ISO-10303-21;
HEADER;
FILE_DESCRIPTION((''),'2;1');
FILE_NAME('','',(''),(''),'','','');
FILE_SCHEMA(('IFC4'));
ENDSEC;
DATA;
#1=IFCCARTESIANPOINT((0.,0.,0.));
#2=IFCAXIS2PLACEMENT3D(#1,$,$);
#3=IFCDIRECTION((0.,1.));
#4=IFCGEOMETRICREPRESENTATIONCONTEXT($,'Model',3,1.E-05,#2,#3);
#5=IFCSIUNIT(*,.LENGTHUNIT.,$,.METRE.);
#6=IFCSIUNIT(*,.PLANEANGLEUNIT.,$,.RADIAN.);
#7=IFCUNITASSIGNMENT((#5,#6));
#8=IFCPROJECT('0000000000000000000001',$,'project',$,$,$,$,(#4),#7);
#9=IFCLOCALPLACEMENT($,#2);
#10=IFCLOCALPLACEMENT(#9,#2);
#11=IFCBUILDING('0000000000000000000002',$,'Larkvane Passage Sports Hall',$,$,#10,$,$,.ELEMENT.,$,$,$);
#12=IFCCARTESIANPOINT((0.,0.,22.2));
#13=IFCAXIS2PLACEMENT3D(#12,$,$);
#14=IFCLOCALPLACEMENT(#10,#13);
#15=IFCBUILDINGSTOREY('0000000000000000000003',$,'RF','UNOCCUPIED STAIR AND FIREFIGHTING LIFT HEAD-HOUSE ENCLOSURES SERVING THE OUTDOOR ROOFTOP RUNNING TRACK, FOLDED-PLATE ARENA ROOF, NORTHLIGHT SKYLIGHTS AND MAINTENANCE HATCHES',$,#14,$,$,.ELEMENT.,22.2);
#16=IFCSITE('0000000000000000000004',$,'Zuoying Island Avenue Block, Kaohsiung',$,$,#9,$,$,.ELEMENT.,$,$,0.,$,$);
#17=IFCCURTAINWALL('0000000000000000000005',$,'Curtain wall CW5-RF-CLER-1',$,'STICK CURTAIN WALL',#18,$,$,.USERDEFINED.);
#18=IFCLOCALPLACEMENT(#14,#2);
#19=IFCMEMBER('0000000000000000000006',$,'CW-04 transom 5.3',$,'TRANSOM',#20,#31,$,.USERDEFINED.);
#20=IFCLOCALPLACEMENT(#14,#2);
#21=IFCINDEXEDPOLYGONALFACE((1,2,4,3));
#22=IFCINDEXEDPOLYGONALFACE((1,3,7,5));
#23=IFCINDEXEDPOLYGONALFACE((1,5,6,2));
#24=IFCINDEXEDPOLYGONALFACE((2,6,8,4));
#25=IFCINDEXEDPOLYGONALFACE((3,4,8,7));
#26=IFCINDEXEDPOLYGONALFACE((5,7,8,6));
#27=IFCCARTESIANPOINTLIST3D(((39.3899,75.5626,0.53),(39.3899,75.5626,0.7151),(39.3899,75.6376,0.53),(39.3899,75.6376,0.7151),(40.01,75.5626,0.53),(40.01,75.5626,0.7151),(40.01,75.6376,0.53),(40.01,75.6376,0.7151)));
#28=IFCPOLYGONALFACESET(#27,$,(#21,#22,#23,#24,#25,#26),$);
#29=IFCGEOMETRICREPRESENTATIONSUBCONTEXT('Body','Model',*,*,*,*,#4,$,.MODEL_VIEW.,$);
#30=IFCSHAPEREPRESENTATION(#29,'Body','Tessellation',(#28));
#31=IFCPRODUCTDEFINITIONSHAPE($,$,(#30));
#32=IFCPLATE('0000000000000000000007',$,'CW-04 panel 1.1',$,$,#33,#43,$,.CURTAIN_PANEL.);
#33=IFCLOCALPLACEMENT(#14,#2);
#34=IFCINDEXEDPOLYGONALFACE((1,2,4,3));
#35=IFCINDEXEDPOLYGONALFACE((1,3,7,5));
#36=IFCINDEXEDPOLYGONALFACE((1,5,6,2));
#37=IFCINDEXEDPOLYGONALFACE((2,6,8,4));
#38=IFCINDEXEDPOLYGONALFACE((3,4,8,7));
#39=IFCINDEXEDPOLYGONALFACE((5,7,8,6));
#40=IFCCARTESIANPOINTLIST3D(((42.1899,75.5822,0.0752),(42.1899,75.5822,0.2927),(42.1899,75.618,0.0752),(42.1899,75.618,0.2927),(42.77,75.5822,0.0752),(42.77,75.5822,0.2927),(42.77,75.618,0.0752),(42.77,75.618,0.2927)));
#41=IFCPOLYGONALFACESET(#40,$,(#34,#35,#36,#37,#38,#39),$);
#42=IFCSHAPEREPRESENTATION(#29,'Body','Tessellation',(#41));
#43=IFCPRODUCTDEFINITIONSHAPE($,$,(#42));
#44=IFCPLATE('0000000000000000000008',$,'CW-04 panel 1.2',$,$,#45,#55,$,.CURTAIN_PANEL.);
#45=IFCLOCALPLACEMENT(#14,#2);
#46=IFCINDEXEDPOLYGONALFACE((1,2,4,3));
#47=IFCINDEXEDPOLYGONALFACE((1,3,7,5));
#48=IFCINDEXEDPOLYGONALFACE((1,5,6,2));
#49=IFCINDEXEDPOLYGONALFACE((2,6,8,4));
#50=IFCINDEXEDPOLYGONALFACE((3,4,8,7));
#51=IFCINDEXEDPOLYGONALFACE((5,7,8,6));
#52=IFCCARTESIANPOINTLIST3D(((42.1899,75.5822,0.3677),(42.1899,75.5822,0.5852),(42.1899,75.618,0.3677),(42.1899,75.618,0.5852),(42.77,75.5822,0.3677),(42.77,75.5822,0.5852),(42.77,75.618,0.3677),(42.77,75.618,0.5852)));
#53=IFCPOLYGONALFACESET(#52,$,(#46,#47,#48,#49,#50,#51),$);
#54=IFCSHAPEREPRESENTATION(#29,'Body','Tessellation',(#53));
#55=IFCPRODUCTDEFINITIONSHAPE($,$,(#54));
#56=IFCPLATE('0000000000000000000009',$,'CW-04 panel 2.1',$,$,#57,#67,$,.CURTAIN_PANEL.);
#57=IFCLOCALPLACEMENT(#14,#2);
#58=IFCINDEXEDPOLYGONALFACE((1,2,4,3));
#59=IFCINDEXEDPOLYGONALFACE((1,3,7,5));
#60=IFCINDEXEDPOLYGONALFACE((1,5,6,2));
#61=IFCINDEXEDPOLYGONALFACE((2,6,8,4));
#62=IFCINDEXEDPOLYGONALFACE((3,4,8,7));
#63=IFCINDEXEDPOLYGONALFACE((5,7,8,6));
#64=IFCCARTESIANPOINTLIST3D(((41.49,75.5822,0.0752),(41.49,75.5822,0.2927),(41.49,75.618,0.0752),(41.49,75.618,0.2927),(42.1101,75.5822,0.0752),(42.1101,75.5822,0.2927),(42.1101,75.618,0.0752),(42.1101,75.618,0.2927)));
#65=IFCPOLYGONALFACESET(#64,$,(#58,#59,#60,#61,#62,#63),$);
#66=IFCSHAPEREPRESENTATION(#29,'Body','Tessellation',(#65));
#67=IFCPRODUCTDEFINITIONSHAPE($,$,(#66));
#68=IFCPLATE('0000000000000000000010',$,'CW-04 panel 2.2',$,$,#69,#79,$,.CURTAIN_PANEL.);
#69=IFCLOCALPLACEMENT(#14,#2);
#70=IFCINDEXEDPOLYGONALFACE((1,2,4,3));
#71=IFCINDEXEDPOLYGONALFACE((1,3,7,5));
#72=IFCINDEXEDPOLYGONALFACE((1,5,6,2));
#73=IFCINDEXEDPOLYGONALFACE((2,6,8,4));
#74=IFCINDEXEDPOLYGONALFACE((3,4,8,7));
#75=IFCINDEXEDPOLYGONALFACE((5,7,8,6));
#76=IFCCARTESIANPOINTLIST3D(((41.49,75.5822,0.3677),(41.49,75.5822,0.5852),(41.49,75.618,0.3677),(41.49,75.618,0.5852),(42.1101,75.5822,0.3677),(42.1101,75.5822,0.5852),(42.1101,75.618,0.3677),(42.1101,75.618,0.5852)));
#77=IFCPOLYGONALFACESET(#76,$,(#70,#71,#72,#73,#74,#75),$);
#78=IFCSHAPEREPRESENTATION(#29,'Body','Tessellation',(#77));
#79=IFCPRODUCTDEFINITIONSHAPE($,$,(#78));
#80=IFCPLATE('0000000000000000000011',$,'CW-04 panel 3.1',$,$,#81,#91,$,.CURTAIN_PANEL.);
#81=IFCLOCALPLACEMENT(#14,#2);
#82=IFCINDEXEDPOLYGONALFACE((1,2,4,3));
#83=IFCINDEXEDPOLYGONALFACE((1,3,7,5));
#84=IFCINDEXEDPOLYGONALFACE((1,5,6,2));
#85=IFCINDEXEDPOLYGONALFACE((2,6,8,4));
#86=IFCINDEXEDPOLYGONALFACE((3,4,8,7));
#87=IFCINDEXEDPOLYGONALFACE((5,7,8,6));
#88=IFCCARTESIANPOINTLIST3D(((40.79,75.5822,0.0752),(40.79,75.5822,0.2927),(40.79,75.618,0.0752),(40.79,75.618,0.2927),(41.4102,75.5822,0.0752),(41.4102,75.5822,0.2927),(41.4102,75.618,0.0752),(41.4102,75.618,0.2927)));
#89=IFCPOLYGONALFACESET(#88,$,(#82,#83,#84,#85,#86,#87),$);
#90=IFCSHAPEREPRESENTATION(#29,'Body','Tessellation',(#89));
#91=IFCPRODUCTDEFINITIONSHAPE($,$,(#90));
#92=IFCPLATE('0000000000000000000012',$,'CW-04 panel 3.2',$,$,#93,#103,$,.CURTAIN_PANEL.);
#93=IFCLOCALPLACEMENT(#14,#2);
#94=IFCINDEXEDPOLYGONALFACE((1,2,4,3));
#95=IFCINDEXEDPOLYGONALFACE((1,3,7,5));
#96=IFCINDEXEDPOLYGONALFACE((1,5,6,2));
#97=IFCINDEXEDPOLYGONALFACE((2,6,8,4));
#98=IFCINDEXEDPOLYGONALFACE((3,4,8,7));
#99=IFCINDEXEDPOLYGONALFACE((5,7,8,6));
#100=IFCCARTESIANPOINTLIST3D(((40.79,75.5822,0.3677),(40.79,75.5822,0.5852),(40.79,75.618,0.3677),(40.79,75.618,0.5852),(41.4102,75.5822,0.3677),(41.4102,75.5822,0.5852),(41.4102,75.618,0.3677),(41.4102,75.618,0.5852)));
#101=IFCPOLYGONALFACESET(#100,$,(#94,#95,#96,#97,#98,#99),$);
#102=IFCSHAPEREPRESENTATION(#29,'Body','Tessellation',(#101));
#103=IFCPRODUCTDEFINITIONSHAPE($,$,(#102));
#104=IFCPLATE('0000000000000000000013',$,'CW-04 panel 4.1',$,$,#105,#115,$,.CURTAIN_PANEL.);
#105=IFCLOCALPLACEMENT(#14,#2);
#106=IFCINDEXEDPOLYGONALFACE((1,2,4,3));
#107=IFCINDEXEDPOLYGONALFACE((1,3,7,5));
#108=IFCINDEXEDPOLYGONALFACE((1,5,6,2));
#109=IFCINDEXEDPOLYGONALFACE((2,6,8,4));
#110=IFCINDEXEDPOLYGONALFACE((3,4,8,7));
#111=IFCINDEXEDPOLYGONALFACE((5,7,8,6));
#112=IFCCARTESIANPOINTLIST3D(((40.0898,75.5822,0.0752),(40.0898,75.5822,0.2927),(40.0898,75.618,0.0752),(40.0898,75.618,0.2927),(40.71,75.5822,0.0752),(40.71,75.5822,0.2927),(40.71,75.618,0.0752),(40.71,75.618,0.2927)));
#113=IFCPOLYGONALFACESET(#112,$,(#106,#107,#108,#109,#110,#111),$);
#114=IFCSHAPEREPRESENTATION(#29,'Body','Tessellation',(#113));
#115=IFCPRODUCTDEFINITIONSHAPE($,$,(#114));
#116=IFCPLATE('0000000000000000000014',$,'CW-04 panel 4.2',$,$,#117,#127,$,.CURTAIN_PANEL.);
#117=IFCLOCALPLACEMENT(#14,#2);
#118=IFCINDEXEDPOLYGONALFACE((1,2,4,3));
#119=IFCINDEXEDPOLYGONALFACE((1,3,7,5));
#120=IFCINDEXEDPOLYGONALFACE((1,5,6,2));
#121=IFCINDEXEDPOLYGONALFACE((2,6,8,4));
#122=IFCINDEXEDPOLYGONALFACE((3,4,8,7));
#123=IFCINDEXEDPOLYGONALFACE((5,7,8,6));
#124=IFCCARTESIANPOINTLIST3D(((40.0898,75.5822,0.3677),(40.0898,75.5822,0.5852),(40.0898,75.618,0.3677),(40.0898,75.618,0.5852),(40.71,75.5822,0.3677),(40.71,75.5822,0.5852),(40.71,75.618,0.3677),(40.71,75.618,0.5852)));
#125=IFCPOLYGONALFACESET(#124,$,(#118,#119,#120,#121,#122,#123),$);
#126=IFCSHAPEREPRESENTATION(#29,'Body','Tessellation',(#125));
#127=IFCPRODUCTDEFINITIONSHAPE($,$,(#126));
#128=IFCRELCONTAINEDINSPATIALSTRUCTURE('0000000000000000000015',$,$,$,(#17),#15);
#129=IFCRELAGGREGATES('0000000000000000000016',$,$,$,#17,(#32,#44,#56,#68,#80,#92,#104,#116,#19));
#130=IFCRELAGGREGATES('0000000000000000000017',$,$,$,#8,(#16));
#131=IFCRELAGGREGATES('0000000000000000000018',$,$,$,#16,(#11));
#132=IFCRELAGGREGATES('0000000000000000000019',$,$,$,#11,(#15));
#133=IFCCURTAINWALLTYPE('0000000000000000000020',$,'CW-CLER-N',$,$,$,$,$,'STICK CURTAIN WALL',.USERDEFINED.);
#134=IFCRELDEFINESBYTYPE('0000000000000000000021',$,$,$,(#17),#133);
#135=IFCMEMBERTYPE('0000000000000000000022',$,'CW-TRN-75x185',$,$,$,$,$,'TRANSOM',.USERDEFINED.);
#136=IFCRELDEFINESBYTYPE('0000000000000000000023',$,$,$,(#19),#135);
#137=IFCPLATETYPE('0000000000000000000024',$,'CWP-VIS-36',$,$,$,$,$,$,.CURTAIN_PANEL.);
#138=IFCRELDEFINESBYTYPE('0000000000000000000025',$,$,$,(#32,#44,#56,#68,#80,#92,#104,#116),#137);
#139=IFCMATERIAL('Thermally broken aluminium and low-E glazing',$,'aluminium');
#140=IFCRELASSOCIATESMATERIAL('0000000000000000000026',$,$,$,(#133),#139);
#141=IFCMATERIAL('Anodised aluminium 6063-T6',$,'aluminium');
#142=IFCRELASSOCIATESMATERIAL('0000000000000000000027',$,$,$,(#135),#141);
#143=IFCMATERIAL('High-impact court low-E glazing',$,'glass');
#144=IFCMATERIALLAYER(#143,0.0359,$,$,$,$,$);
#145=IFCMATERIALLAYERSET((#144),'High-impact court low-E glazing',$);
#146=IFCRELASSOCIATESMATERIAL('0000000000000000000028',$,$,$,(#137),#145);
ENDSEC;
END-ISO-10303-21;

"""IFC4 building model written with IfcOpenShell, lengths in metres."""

from ifc_helpers import new_model, si_unit, direction, frame, origin, origin_2d, place, context, subcontext, project, spatial, rectangle, extrude, material, layer, layer_set, material_profile, profile_set, type_object, element, aggregate, save


model = new_model("IFC4")

# Units and contexts
model_context = context("Model", 3, precision=1e-05, world=origin(), true_north=direction((0.0, 1.0)))
body_context = subcontext(model_context, "Body", "Model", "MODEL_VIEW")
ifc_project = project(units=[si_unit("LENGTHUNIT", "METRE"), si_unit("PLANEANGLEUNIT", "RADIAN")], contexts=[model_context])

# Site, building, storey
site_placement = place(None, origin())
site = spatial("IfcSite", under=ifc_project, at=site_placement, Name="Zuoying Island Avenue Block, Kaohsiung", CompositionType="ELEMENT", RefElevation=0.0)
building_placement = place(site_placement, origin())
building = spatial("IfcBuilding", under=site, at=building_placement, Name="Larkvane Passage Sports Hall", CompositionType="ELEMENT")
storey_placement = place(building_placement, frame((0.0, 0.0, 22.2)))
storey = spatial("IfcBuildingStorey", under=building, at=storey_placement, Name="RF", Description="UNOCCUPIED STAIR AND FIREFIGHTING LIFT HEAD-HOUSE ENCLOSURES SERVING THE OUTDOOR ROOFTOP RUNNING TRACK, FOLDED-PLATE ARENA ROOF, NORTHLIGHT SKYLIGHTS AND MAINTENANCE HATCHES", CompositionType="ELEMENT", Elevation=22.2)

# Curtain wall, member, plates
ifc_material_1 = material(Name="Thermally broken aluminium and low-E glazing", Category="aluminium")
curtain_wall_type = type_object("IfcCurtainWallType", Name="CW-CLER-N", ElementType="STICK CURTAIN WALL", PredefinedType="USERDEFINED", material=ifc_material_1)
curtain_wall_placement = place(storey_placement, origin())
curtain_wall = element("IfcCurtainWall", 1, at=curtain_wall_placement, inside=storey, type_object=curtain_wall_type, Name="Curtain wall CW5-RF-CLER-1", ObjectType="STICK CURTAIN WALL", PredefinedType="USERDEFINED")
ifc_material_2 = material(Name="Anodised aluminium 6063-T6", Category="aluminium")
ifc_material_profile_1 = material_profile(ifc_material_2, rectangle(XDim=0.075, YDim=0.1851, at=origin_2d()), Name="ALU-TRN-75x185")
ifc_profile_set_1 = profile_set([ifc_material_profile_1], Name="Anodised aluminium 6063-T6")
member_type_1 = type_object("IfcMemberType", Name="CW-TRN-75x185", ElementType="TRANSOM", PredefinedType="USERDEFINED", material=ifc_profile_set_1)
member_1_placement = place(storey_placement, frame((40.01, 75.6001, 0.6226), z_axis=(-1.0, 0.0, 0.0), x_axis=(0.0, -1.0, 0.0)))
member_1 = element("IfcMember", 2, at=member_1_placement, type_object=member_type_1, Name="CW-04 transom 5.3", ObjectType="TRANSOM", PredefinedType="USERDEFINED", context=body_context, shape_type="SweptSolid", body=[
    extrude(rectangle(XDim=0.075, YDim=0.1851, at=origin_2d()), origin(), (0.0, 0.0, 1.0), 0.6201),
])
ifc_material_3 = material(Name="High-impact court low-E glazing", Category="glass")
ifc_layer = layer(ifc_material_3, 0.0359)
ifc_layer_set = layer_set([ifc_layer], Name="High-impact court low-E glazing")
plate_type = type_object("IfcPlateType", Name="CWP-VIS-36", PredefinedType="CURTAIN_PANEL", material=ifc_layer_set)
plate_1_placement = place(storey_placement, frame((42.48, 75.6001, 0.0752), z_axis=(0.0, 0.0, 1.0), x_axis=(-1.0, 0.0, 0.0)))
plate_1 = element("IfcPlate", 3, at=plate_1_placement, type_object=plate_type, Name="CW-04 panel 1.1", PredefinedType="CURTAIN_PANEL", context=body_context, shape_type="SweptSolid", body=[
    extrude(rectangle(XDim=0.5801, YDim=0.0359, at=origin_2d()), origin(), (0.0, 0.0, 1.0), 0.2175),
])
plate_2_placement = place(storey_placement, frame((42.48, 75.6001, 0.3677), z_axis=(0.0, 0.0, 1.0), x_axis=(-1.0, 0.0, 0.0)))
plate_2 = element("IfcPlate", 4, at=plate_2_placement, type_object=plate_type, Name="CW-04 panel 1.2", PredefinedType="CURTAIN_PANEL", context=body_context, shape_type="SweptSolid", body=[
    extrude(rectangle(XDim=0.5801, YDim=0.0359, at=origin_2d()), origin(), (0.0, 0.0, 1.0), 0.2175),
])
plate_3_placement = place(storey_placement, frame((41.8, 75.6001, 0.0752), z_axis=(0.0, 0.0, 1.0), x_axis=(-1.0, 0.0, 0.0)))
plate_3 = element("IfcPlate", 5, at=plate_3_placement, type_object=plate_type, Name="CW-04 panel 2.1", PredefinedType="CURTAIN_PANEL", context=body_context, shape_type="SweptSolid", body=[
    extrude(rectangle(XDim=0.6201, YDim=0.0359, at=origin_2d()), origin(), (0.0, 0.0, 1.0), 0.2175),
])
plate_4_placement = place(storey_placement, frame((41.8, 75.6001, 0.3677), z_axis=(0.0, 0.0, 1.0), x_axis=(-1.0, 0.0, 0.0)))
plate_4 = element("IfcPlate", 6, at=plate_4_placement, type_object=plate_type, Name="CW-04 panel 2.2", PredefinedType="CURTAIN_PANEL", context=body_context, shape_type="SweptSolid", body=[
    extrude(rectangle(XDim=0.6201, YDim=0.0359, at=origin_2d()), origin(), (0.0, 0.0, 1.0), 0.2175),
])
plate_5_placement = place(storey_placement, frame((41.1001, 75.6001, 0.0752), z_axis=(0.0, 0.0, 1.0), x_axis=(-1.0, 0.0, 0.0)))
plate_5 = element("IfcPlate", 7, at=plate_5_placement, type_object=plate_type, Name="CW-04 panel 3.1", PredefinedType="CURTAIN_PANEL", context=body_context, shape_type="SweptSolid", body=[
    extrude(rectangle(XDim=0.6201, YDim=0.0359, at=origin_2d()), origin(), (0.0, 0.0, 1.0), 0.2175),
])
plate_6_placement = place(storey_placement, frame((41.1001, 75.6001, 0.3677), z_axis=(0.0, 0.0, 1.0), x_axis=(-1.0, 0.0, 0.0)))
plate_6 = element("IfcPlate", 8, at=plate_6_placement, type_object=plate_type, Name="CW-04 panel 3.2", PredefinedType="CURTAIN_PANEL", context=body_context, shape_type="SweptSolid", body=[
    extrude(rectangle(XDim=0.6201, YDim=0.0359, at=origin_2d()), origin(), (0.0, 0.0, 1.0), 0.2175),
])
plate_7_placement = place(storey_placement, frame((40.3999, 75.6001, 0.0752), z_axis=(0.0, 0.0, 1.0), x_axis=(-1.0, 0.0, 0.0)))
plate_7 = element("IfcPlate", 9, at=plate_7_placement, type_object=plate_type, Name="CW-04 panel 4.1", PredefinedType="CURTAIN_PANEL", context=body_context, shape_type="SweptSolid", body=[
    extrude(rectangle(XDim=0.6201, YDim=0.0359, at=origin_2d()), origin(), (0.0, 0.0, 1.0), 0.2175),
])
plate_8_placement = place(storey_placement, frame((40.3999, 75.6001, 0.3677), z_axis=(0.0, 0.0, 1.0), x_axis=(-1.0, 0.0, 0.0)))
plate_8 = element("IfcPlate", 10, at=plate_8_placement, type_object=plate_type, Name="CW-04 panel 4.2", PredefinedType="CURTAIN_PANEL", context=body_context, shape_type="SweptSolid", body=[
    extrude(rectangle(XDim=0.6201, YDim=0.0359, at=origin_2d()), origin(), (0.0, 0.0, 1.0), 0.2175),
])
aggregate(curtain_wall, [plate_1, plate_2, plate_3, plate_4, plate_5, plate_6, plate_7, plate_8, member_1])

save(model, "model.ifc")
